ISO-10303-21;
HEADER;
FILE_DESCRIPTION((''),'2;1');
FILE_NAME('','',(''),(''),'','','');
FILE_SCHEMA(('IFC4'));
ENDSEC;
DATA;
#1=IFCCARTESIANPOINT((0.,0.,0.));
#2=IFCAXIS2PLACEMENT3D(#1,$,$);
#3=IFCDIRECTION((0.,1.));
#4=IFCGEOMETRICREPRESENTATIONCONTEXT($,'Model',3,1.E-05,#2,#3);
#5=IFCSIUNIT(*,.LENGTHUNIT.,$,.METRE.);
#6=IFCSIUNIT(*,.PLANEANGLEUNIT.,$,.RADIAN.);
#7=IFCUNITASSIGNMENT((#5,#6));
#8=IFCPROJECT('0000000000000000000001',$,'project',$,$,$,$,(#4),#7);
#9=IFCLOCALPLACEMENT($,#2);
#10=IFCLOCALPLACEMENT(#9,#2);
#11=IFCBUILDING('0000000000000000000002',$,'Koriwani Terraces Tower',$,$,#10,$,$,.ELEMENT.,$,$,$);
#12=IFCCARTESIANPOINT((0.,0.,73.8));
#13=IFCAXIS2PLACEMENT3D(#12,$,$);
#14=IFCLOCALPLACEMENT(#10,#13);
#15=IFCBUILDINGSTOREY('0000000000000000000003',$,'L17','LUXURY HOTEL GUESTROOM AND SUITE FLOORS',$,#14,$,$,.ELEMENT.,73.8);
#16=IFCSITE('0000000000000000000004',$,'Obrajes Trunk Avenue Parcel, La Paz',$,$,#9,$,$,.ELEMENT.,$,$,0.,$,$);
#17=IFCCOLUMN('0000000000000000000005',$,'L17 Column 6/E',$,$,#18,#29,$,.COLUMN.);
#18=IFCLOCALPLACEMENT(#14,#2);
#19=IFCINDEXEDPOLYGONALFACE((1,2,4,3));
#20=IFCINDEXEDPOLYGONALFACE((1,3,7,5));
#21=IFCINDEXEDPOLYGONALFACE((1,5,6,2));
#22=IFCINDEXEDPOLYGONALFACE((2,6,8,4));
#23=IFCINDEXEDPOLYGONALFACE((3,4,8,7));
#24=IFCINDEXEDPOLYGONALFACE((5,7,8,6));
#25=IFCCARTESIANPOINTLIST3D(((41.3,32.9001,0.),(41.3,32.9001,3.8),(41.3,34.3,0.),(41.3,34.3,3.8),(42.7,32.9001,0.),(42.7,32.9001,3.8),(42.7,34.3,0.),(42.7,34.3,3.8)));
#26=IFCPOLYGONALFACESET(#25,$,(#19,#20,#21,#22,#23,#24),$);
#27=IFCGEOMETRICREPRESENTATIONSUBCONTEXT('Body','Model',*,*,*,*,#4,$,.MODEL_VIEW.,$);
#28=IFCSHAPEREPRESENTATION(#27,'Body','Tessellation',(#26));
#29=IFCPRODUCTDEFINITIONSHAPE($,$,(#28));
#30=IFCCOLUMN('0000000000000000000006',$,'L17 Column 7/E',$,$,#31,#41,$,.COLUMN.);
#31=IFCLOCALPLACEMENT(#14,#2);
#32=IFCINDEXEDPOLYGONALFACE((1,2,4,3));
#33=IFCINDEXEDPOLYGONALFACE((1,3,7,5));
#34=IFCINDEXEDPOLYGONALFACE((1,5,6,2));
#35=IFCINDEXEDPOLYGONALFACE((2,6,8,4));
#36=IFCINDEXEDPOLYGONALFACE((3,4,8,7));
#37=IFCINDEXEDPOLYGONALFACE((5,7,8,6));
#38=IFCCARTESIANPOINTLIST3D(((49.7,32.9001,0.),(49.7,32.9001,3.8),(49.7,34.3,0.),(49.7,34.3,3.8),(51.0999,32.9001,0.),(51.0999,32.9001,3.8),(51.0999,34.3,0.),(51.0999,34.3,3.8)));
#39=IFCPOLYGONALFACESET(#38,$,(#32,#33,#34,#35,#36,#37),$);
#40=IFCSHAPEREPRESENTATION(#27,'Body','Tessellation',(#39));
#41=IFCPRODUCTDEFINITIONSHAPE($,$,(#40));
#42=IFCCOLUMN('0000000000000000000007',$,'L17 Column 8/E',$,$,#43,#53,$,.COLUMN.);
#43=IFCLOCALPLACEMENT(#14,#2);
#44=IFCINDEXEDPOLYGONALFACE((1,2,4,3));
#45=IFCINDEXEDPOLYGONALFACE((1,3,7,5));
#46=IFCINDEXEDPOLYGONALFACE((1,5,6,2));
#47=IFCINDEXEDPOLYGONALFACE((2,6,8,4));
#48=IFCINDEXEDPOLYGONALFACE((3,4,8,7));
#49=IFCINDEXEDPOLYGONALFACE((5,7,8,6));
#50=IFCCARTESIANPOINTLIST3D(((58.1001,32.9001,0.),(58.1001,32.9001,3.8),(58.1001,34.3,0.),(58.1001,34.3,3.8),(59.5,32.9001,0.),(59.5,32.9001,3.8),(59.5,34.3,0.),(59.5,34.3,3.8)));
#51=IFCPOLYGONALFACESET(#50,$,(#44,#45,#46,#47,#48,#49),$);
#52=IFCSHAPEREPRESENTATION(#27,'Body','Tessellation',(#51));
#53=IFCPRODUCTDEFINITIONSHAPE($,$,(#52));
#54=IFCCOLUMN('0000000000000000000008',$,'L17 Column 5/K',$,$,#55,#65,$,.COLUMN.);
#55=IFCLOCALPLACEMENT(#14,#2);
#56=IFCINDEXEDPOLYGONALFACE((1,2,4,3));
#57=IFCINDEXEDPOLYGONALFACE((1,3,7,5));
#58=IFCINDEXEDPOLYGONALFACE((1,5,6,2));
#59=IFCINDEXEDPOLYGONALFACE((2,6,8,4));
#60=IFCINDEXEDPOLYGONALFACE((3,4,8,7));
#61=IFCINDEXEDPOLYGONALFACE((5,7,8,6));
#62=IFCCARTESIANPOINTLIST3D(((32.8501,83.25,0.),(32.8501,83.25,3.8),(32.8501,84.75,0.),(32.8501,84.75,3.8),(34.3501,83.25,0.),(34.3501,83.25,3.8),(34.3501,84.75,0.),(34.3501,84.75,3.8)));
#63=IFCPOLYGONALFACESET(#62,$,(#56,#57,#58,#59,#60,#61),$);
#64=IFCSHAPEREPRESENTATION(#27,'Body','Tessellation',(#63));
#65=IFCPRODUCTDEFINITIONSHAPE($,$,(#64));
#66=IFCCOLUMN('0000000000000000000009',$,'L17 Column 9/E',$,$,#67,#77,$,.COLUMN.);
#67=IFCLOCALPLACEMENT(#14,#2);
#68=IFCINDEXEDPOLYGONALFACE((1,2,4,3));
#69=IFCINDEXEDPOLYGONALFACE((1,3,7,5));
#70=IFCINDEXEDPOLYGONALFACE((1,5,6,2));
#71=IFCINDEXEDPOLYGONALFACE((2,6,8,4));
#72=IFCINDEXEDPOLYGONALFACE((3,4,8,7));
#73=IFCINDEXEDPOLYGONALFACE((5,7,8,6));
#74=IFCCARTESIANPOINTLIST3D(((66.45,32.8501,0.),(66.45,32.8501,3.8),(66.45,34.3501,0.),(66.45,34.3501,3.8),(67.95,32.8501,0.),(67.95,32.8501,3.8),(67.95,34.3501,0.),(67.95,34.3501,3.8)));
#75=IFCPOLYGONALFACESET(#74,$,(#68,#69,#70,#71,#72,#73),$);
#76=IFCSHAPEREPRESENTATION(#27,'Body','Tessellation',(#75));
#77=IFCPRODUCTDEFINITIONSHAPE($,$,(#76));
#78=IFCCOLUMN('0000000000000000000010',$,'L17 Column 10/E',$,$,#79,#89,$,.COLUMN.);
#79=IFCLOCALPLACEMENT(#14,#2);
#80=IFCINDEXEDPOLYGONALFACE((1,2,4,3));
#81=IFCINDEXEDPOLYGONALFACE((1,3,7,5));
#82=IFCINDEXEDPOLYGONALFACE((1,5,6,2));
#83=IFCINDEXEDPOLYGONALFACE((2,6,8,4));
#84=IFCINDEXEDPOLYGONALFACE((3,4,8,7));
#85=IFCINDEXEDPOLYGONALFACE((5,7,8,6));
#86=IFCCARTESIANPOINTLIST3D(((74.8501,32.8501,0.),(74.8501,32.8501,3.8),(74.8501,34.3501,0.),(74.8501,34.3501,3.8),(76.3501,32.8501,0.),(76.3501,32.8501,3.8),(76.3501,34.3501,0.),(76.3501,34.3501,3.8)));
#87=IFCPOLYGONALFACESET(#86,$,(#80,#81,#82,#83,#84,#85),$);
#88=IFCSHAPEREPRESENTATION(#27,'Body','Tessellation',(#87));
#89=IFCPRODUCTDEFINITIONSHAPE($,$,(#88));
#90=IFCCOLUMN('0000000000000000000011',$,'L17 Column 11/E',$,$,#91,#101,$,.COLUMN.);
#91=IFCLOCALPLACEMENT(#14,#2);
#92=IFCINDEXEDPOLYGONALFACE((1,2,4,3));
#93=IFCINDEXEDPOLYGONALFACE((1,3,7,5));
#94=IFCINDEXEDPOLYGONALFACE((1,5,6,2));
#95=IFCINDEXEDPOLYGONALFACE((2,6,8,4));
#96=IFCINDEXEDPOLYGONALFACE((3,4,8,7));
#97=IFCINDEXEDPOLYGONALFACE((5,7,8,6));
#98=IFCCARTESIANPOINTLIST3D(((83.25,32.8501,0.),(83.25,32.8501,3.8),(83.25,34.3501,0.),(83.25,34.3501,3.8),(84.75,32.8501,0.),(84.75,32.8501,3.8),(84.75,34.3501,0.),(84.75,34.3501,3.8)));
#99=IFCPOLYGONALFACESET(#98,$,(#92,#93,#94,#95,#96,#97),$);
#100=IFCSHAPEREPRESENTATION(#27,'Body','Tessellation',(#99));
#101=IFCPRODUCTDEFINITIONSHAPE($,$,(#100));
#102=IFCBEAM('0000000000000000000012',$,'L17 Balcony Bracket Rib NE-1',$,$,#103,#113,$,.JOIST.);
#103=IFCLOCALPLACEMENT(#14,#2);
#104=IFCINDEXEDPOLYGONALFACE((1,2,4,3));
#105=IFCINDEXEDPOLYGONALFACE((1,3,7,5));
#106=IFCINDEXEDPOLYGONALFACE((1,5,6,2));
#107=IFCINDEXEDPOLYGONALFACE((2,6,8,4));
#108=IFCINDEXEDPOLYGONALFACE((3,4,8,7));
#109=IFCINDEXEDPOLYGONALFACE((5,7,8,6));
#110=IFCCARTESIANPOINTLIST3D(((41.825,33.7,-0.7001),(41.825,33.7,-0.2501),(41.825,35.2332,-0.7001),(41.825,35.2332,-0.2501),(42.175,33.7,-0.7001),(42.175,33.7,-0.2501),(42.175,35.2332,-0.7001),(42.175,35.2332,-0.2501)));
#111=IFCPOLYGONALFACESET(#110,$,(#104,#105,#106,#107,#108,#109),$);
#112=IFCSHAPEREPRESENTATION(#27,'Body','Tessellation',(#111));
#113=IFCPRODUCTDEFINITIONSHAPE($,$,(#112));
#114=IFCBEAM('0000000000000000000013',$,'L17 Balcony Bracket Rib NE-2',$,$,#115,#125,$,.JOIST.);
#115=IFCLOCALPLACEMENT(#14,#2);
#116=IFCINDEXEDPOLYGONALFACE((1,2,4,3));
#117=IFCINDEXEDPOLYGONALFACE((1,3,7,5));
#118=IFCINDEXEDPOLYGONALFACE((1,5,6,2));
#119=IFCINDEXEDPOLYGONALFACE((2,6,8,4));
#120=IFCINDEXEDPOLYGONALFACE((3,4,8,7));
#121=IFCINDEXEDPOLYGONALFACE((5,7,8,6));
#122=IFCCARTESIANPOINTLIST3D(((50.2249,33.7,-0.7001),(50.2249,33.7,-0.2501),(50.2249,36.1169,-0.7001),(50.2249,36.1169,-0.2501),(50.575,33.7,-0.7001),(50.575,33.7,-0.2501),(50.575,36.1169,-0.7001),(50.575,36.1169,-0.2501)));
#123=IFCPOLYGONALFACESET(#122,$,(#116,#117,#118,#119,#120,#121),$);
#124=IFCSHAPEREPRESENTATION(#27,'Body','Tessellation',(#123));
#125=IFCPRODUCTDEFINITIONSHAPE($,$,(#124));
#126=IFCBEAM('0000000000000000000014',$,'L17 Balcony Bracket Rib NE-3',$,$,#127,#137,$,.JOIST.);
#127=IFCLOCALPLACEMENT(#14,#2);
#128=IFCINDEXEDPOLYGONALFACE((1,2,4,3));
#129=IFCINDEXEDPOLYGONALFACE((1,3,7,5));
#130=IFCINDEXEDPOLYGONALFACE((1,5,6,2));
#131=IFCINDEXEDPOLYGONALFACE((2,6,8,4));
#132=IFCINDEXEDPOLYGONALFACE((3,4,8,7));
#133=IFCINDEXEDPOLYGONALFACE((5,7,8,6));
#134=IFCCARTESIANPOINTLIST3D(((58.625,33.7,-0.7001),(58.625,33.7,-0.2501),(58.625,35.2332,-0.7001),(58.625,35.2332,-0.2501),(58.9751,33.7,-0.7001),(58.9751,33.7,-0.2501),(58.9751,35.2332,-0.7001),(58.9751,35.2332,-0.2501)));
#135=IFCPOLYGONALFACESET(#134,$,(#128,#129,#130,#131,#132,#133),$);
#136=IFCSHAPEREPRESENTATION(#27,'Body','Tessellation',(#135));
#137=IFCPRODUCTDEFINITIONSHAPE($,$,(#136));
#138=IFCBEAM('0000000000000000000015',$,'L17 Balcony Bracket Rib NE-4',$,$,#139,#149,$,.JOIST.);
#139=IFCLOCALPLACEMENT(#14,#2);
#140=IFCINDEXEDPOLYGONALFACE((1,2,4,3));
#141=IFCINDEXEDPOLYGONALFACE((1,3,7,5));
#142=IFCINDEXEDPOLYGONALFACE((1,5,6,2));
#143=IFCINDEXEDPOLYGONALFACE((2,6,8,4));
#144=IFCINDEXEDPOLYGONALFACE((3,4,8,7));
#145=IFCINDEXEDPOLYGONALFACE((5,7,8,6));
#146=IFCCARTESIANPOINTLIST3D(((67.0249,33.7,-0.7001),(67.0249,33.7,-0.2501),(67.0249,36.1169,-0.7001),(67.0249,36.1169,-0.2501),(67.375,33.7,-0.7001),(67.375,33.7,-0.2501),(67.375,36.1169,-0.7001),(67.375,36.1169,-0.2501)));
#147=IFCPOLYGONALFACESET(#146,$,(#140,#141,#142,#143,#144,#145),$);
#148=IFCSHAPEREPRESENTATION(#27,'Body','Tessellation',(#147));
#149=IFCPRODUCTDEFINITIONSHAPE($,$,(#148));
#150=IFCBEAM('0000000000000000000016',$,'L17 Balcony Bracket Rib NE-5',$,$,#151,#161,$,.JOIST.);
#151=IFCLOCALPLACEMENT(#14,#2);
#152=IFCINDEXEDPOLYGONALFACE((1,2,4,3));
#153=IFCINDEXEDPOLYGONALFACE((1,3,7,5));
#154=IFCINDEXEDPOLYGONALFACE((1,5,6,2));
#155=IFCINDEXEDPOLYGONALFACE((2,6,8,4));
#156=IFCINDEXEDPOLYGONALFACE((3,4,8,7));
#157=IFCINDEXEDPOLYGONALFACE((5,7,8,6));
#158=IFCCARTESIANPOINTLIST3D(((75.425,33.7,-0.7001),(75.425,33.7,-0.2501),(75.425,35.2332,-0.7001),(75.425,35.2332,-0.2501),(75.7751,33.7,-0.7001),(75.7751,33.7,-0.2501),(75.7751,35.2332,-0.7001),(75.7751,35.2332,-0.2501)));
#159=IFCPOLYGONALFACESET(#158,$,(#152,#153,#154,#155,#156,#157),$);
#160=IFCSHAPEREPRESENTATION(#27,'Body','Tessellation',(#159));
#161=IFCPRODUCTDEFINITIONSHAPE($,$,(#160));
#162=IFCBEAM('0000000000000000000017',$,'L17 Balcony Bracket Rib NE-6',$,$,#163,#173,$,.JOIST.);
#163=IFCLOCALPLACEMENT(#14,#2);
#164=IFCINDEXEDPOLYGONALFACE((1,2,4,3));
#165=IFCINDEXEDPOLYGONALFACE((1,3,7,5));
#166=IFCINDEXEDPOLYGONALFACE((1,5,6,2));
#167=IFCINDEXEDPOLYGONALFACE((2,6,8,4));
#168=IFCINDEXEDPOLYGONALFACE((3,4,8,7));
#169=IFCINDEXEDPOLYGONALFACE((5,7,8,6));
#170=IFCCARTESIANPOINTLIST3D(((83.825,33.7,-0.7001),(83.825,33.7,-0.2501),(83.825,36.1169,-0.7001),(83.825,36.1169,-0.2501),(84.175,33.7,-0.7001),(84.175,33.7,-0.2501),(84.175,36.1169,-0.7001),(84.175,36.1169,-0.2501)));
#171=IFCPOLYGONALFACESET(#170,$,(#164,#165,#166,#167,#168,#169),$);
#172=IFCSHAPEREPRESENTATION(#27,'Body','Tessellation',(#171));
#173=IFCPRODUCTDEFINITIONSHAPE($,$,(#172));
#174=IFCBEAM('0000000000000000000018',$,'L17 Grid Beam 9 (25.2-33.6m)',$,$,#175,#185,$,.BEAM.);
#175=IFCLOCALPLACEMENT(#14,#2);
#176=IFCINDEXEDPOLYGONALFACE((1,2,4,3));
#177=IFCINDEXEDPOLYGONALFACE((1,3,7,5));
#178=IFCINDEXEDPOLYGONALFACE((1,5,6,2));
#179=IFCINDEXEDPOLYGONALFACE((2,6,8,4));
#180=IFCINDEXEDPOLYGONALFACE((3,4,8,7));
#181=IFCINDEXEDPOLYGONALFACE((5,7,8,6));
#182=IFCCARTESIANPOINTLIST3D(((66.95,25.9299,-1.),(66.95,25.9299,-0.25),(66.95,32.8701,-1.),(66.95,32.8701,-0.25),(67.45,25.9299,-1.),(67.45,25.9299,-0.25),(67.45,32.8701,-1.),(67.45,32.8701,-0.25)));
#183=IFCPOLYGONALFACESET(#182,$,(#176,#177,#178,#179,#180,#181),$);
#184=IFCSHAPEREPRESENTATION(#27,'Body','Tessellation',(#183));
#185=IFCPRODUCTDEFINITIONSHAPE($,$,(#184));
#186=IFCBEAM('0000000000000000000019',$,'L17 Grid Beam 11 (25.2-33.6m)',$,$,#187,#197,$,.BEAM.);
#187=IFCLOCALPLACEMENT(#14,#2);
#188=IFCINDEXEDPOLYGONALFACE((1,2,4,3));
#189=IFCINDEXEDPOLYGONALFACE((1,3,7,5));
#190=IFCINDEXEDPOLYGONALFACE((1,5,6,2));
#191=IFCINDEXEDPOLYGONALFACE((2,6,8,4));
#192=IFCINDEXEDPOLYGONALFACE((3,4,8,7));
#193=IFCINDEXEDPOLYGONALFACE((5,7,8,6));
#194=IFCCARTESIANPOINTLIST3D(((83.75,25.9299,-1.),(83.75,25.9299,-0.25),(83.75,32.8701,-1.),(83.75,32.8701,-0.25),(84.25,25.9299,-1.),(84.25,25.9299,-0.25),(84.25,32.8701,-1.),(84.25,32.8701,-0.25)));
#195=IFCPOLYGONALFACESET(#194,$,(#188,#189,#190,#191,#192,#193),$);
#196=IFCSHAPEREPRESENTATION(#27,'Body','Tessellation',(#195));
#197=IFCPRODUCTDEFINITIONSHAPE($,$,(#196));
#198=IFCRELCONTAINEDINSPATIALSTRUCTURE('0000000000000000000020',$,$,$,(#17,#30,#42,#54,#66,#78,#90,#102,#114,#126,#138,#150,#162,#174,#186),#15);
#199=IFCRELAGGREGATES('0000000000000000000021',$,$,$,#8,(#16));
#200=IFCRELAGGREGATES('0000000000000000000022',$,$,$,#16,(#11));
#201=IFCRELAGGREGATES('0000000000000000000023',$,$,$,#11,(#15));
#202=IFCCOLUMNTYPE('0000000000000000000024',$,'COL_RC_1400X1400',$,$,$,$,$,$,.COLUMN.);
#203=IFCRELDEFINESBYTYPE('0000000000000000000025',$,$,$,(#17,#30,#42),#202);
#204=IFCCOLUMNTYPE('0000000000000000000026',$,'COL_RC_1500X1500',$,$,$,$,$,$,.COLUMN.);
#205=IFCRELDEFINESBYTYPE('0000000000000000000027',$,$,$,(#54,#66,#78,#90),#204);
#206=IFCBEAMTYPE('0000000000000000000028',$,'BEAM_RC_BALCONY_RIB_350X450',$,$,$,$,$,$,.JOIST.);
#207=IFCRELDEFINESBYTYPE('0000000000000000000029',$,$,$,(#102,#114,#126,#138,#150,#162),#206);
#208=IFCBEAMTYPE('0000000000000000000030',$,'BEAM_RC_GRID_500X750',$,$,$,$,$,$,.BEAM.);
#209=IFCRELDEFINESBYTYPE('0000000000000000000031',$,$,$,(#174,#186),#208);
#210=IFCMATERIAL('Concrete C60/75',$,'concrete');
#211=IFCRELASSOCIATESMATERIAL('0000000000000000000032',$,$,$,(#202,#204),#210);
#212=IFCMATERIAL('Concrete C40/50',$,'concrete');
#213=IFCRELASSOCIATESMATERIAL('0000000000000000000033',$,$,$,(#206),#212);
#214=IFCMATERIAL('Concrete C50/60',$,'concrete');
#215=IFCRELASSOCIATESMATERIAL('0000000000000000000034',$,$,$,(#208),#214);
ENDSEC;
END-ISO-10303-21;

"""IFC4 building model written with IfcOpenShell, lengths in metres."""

from ifc_helpers import new_model, si_unit, direction, frame, origin, origin_2d, place, context, subcontext, project, spatial, rectangle, extrude, material, material_profile, profile_set, type_object, element, save


model = new_model("IFC4")

# Units and contexts
model_context = context("Model", 3, precision=1e-05, world=origin(), true_north=direction((0.0, 1.0)))
body_context = subcontext(model_context, "Body", "Model", "MODEL_VIEW")
ifc_project = project(units=[si_unit("LENGTHUNIT", "METRE"), si_unit("PLANEANGLEUNIT", "RADIAN")], contexts=[model_context])

# Site, building, storey
site_placement = place(None, origin())
site = spatial("IfcSite", under=ifc_project, at=site_placement, Name="Obrajes Trunk Avenue Parcel, La Paz", CompositionType="ELEMENT", RefElevation=0.0)
building_placement = place(site_placement, origin())
building = spatial("IfcBuilding", under=site, at=building_placement, Name="Koriwani Terraces Tower", CompositionType="ELEMENT")
storey_placement = place(building_placement, frame((0.0, 0.0, 73.8)))
storey = spatial("IfcBuildingStorey", under=building, at=storey_placement, Name="L17", Description="LUXURY HOTEL GUESTROOM AND SUITE FLOORS", CompositionType="ELEMENT", Elevation=73.8)

# Columns
ifc_material_1 = material(Name="Concrete C60/75", Category="concrete")
ifc_material_profile_1 = material_profile(ifc_material_1, rectangle(XDim=1.3999, YDim=1.3999, at=origin_2d()), Name="Concrete C60/75", Category="LoadBearing")
ifc_profile_set_1 = profile_set([ifc_material_profile_1], Name="Concrete C60/75")
column_type_1 = type_object("IfcColumnType", Name="COL_RC_1400X1400", PredefinedType="COLUMN", material=ifc_profile_set_1)
for number, where, z_axis, x_axis, name in (
    (1, (42.0, 33.6001, 0.0), (0.0, 0.0, 1.0), (1.0, 0.0, 0.0), "L17 Column 6/E"),
    (2, (50.3999, 33.6001, 0.0), (0.0, 0.0, 1.0), (1.0, 0.0, 0.0), "L17 Column 7/E"),
    (3, (58.8, 33.6001, 0.0), (0.0, 0.0, 1.0), (1.0, 0.0, 0.0), "L17 Column 8/E"),
):
    element("IfcColumn", number, at=place(storey_placement, frame(where, z_axis=z_axis, x_axis=x_axis)), inside=storey, type_object=column_type_1, Name=name, PredefinedType="COLUMN", context=body_context, shape_type="SweptSolid", body=[
        extrude(rectangle(XDim=1.3999, YDim=1.3999, at=origin_2d()), origin(), (0.0, 0.0, 1.0), 3.8),
    ])
ifc_material_profile_2 = material_profile(ifc_material_1, rectangle(XDim=1.5, YDim=1.5, at=origin_2d()), Name="Concrete C60/75", Category="LoadBearing")
ifc_profile_set_2 = profile_set([ifc_material_profile_2], Name="Concrete C60/75")
column_type_2 = type_object("IfcColumnType", Name="COL_RC_1500X1500", PredefinedType="COLUMN", material=ifc_profile_set_2)
for number, where, z_axis, x_axis, name in (
    (4, (33.6001, 84.0, 0.0), (0.0, 0.0, 1.0), (1.0, 0.0, 0.0), "L17 Column 5/K"),
    (5, (67.2, 33.6001, 0.0), (0.0, 0.0, 1.0), (1.0, 0.0, 0.0), "L17 Column 9/E"),
    (6, (75.6001, 33.6001, 0.0), (0.0, 0.0, 1.0), (1.0, 0.0, 0.0), "L17 Column 10/E"),
    (7, (84.0, 33.6001, 0.0), (0.0, 0.0, 1.0), (1.0, 0.0, 0.0), "L17 Column 11/E"),
):
    element("IfcColumn", number, at=place(storey_placement, frame(where, z_axis=z_axis, x_axis=x_axis)), inside=storey, type_object=column_type_2, Name=name, PredefinedType="COLUMN", context=body_context, shape_type="SweptSolid", body=[
        extrude(rectangle(XDim=1.5, YDim=1.5, at=origin_2d()), origin(), (0.0, 0.0, 1.0), 3.8),
    ])

# Beams
ifc_material_2 = material(Name="Concrete C40/50", Category="concrete")
ifc_material_profile_3 = material_profile(ifc_material_2, rectangle(XDim=0.3501, YDim=0.45, at=origin_2d()), Name="Concrete C40/50", Category="LoadBearing")
ifc_profile_set_3 = profile_set([ifc_material_profile_3], Name="Concrete C40/50")
beam_type_1 = type_object("IfcBeamType", Name="BEAM_RC_BALCONY_RIB_350X450", PredefinedType="JOIST", material=ifc_profile_set_3)
beam_1_placement = place(storey_placement, frame((42.0, 33.7, -0.4751), z_axis=(0.0, 1.0, 0.0), x_axis=(-1.0, 0.0, 0.0)))
element("IfcBeam", 8, at=beam_1_placement, inside=storey, type_object=beam_type_1, Name="L17 Balcony Bracket Rib NE-1", PredefinedType="JOIST", context=body_context, shape_type="SweptSolid", body=[
    extrude(rectangle(XDim=0.3501, YDim=0.45, at=origin_2d()), origin(), (0.0, 0.0, 1.0), 1.5332),
])
beam_2_placement = place(storey_placement, frame((50.3999, 33.7, -0.4751), z_axis=(0.0, 1.0, 0.0), x_axis=(-1.0, 0.0, 0.0)))
element("IfcBeam", 9, at=beam_2_placement, inside=storey, type_object=beam_type_1, Name="L17 Balcony Bracket Rib NE-2", PredefinedType="JOIST", context=body_context, shape_type="SweptSolid", body=[
    extrude(rectangle(XDim=0.3501, YDim=0.45, at=origin_2d()), origin(), (0.0, 0.0, 1.0), 2.417),
])
beam_3_placement = place(storey_placement, frame((58.8, 33.7, -0.4751), z_axis=(0.0, 1.0, 0.0), x_axis=(-1.0, 0.0, 0.0)))
element("IfcBeam", 10, at=beam_3_placement, inside=storey, type_object=beam_type_1, Name="L17 Balcony Bracket Rib NE-3", PredefinedType="JOIST", context=body_context, shape_type="SweptSolid", body=[
    extrude(rectangle(XDim=0.3501, YDim=0.45, at=origin_2d()), origin(), (0.0, 0.0, 1.0), 1.5332),
])
beam_4_placement = place(storey_placement, frame((67.2, 33.7, -0.4751), z_axis=(0.0, 1.0, 0.0), x_axis=(-1.0, 0.0, 0.0)))
element("IfcBeam", 11, at=beam_4_placement, inside=storey, type_object=beam_type_1, Name="L17 Balcony Bracket Rib NE-4", PredefinedType="JOIST", context=body_context, shape_type="SweptSolid", body=[
    extrude(rectangle(XDim=0.3501, YDim=0.45, at=origin_2d()), origin(), (0.0, 0.0, 1.0), 2.417),
])
beam_5_placement = place(storey_placement, frame((75.6001, 33.7, -0.4751), z_axis=(0.0, 1.0, 0.0), x_axis=(-1.0, 0.0, 0.0)))
element("IfcBeam", 12, at=beam_5_placement, inside=storey, type_object=beam_type_1, Name="L17 Balcony Bracket Rib NE-5", PredefinedType="JOIST", context=body_context, shape_type="SweptSolid", body=[
    extrude(rectangle(XDim=0.3501, YDim=0.45, at=origin_2d()), origin(), (0.0, 0.0, 1.0), 1.5332),
])
beam_6_placement = place(storey_placement, frame((84.0, 33.7, -0.4751), z_axis=(0.0, 1.0, 0.0), x_axis=(-1.0, 0.0, 0.0)))
element("IfcBeam", 13, at=beam_6_placement, inside=storey, type_object=beam_type_1, Name="L17 Balcony Bracket Rib NE-6", PredefinedType="JOIST", context=body_context, shape_type="SweptSolid", body=[
    extrude(rectangle(XDim=0.3501, YDim=0.45, at=origin_2d()), origin(), (0.0, 0.0, 1.0), 2.417),
])
ifc_material_3 = material(Name="Concrete C50/60", Category="concrete")
ifc_material_profile_4 = material_profile(ifc_material_3, rectangle(XDim=0.5, YDim=0.75, at=origin_2d()), Name="Concrete C50/60", Category="LoadBearing")
ifc_profile_set_4 = profile_set([ifc_material_profile_4], Name="Concrete C50/60")
beam_type_2 = type_object("IfcBeamType", Name="BEAM_RC_GRID_500X750", PredefinedType="BEAM", material=ifc_profile_set_4)
for number, where, z_axis, x_axis, name in (
    (14, (67.2, 25.9299, -0.625), (0.0, 1.0, 0.0), (-1.0, 0.0, 0.0), "L17 Grid Beam 9 (25.2-33.6m)"),
    (15, (84.0, 25.9299, -0.625), (0.0, 1.0, 0.0), (-1.0, 0.0, 0.0), "L17 Grid Beam 11 (25.2-33.6m)"),
):
    element("IfcBeam", number, at=place(storey_placement, frame(where, z_axis=z_axis, x_axis=x_axis)), inside=storey, type_object=beam_type_2, Name=name, PredefinedType="BEAM", context=body_context, shape_type="SweptSolid", body=[
        extrude(rectangle(XDim=0.5, YDim=0.75, at=origin_2d()), origin(), (0.0, 0.0, 1.0), 6.9402),
    ])

save(model, "model.ifc")
